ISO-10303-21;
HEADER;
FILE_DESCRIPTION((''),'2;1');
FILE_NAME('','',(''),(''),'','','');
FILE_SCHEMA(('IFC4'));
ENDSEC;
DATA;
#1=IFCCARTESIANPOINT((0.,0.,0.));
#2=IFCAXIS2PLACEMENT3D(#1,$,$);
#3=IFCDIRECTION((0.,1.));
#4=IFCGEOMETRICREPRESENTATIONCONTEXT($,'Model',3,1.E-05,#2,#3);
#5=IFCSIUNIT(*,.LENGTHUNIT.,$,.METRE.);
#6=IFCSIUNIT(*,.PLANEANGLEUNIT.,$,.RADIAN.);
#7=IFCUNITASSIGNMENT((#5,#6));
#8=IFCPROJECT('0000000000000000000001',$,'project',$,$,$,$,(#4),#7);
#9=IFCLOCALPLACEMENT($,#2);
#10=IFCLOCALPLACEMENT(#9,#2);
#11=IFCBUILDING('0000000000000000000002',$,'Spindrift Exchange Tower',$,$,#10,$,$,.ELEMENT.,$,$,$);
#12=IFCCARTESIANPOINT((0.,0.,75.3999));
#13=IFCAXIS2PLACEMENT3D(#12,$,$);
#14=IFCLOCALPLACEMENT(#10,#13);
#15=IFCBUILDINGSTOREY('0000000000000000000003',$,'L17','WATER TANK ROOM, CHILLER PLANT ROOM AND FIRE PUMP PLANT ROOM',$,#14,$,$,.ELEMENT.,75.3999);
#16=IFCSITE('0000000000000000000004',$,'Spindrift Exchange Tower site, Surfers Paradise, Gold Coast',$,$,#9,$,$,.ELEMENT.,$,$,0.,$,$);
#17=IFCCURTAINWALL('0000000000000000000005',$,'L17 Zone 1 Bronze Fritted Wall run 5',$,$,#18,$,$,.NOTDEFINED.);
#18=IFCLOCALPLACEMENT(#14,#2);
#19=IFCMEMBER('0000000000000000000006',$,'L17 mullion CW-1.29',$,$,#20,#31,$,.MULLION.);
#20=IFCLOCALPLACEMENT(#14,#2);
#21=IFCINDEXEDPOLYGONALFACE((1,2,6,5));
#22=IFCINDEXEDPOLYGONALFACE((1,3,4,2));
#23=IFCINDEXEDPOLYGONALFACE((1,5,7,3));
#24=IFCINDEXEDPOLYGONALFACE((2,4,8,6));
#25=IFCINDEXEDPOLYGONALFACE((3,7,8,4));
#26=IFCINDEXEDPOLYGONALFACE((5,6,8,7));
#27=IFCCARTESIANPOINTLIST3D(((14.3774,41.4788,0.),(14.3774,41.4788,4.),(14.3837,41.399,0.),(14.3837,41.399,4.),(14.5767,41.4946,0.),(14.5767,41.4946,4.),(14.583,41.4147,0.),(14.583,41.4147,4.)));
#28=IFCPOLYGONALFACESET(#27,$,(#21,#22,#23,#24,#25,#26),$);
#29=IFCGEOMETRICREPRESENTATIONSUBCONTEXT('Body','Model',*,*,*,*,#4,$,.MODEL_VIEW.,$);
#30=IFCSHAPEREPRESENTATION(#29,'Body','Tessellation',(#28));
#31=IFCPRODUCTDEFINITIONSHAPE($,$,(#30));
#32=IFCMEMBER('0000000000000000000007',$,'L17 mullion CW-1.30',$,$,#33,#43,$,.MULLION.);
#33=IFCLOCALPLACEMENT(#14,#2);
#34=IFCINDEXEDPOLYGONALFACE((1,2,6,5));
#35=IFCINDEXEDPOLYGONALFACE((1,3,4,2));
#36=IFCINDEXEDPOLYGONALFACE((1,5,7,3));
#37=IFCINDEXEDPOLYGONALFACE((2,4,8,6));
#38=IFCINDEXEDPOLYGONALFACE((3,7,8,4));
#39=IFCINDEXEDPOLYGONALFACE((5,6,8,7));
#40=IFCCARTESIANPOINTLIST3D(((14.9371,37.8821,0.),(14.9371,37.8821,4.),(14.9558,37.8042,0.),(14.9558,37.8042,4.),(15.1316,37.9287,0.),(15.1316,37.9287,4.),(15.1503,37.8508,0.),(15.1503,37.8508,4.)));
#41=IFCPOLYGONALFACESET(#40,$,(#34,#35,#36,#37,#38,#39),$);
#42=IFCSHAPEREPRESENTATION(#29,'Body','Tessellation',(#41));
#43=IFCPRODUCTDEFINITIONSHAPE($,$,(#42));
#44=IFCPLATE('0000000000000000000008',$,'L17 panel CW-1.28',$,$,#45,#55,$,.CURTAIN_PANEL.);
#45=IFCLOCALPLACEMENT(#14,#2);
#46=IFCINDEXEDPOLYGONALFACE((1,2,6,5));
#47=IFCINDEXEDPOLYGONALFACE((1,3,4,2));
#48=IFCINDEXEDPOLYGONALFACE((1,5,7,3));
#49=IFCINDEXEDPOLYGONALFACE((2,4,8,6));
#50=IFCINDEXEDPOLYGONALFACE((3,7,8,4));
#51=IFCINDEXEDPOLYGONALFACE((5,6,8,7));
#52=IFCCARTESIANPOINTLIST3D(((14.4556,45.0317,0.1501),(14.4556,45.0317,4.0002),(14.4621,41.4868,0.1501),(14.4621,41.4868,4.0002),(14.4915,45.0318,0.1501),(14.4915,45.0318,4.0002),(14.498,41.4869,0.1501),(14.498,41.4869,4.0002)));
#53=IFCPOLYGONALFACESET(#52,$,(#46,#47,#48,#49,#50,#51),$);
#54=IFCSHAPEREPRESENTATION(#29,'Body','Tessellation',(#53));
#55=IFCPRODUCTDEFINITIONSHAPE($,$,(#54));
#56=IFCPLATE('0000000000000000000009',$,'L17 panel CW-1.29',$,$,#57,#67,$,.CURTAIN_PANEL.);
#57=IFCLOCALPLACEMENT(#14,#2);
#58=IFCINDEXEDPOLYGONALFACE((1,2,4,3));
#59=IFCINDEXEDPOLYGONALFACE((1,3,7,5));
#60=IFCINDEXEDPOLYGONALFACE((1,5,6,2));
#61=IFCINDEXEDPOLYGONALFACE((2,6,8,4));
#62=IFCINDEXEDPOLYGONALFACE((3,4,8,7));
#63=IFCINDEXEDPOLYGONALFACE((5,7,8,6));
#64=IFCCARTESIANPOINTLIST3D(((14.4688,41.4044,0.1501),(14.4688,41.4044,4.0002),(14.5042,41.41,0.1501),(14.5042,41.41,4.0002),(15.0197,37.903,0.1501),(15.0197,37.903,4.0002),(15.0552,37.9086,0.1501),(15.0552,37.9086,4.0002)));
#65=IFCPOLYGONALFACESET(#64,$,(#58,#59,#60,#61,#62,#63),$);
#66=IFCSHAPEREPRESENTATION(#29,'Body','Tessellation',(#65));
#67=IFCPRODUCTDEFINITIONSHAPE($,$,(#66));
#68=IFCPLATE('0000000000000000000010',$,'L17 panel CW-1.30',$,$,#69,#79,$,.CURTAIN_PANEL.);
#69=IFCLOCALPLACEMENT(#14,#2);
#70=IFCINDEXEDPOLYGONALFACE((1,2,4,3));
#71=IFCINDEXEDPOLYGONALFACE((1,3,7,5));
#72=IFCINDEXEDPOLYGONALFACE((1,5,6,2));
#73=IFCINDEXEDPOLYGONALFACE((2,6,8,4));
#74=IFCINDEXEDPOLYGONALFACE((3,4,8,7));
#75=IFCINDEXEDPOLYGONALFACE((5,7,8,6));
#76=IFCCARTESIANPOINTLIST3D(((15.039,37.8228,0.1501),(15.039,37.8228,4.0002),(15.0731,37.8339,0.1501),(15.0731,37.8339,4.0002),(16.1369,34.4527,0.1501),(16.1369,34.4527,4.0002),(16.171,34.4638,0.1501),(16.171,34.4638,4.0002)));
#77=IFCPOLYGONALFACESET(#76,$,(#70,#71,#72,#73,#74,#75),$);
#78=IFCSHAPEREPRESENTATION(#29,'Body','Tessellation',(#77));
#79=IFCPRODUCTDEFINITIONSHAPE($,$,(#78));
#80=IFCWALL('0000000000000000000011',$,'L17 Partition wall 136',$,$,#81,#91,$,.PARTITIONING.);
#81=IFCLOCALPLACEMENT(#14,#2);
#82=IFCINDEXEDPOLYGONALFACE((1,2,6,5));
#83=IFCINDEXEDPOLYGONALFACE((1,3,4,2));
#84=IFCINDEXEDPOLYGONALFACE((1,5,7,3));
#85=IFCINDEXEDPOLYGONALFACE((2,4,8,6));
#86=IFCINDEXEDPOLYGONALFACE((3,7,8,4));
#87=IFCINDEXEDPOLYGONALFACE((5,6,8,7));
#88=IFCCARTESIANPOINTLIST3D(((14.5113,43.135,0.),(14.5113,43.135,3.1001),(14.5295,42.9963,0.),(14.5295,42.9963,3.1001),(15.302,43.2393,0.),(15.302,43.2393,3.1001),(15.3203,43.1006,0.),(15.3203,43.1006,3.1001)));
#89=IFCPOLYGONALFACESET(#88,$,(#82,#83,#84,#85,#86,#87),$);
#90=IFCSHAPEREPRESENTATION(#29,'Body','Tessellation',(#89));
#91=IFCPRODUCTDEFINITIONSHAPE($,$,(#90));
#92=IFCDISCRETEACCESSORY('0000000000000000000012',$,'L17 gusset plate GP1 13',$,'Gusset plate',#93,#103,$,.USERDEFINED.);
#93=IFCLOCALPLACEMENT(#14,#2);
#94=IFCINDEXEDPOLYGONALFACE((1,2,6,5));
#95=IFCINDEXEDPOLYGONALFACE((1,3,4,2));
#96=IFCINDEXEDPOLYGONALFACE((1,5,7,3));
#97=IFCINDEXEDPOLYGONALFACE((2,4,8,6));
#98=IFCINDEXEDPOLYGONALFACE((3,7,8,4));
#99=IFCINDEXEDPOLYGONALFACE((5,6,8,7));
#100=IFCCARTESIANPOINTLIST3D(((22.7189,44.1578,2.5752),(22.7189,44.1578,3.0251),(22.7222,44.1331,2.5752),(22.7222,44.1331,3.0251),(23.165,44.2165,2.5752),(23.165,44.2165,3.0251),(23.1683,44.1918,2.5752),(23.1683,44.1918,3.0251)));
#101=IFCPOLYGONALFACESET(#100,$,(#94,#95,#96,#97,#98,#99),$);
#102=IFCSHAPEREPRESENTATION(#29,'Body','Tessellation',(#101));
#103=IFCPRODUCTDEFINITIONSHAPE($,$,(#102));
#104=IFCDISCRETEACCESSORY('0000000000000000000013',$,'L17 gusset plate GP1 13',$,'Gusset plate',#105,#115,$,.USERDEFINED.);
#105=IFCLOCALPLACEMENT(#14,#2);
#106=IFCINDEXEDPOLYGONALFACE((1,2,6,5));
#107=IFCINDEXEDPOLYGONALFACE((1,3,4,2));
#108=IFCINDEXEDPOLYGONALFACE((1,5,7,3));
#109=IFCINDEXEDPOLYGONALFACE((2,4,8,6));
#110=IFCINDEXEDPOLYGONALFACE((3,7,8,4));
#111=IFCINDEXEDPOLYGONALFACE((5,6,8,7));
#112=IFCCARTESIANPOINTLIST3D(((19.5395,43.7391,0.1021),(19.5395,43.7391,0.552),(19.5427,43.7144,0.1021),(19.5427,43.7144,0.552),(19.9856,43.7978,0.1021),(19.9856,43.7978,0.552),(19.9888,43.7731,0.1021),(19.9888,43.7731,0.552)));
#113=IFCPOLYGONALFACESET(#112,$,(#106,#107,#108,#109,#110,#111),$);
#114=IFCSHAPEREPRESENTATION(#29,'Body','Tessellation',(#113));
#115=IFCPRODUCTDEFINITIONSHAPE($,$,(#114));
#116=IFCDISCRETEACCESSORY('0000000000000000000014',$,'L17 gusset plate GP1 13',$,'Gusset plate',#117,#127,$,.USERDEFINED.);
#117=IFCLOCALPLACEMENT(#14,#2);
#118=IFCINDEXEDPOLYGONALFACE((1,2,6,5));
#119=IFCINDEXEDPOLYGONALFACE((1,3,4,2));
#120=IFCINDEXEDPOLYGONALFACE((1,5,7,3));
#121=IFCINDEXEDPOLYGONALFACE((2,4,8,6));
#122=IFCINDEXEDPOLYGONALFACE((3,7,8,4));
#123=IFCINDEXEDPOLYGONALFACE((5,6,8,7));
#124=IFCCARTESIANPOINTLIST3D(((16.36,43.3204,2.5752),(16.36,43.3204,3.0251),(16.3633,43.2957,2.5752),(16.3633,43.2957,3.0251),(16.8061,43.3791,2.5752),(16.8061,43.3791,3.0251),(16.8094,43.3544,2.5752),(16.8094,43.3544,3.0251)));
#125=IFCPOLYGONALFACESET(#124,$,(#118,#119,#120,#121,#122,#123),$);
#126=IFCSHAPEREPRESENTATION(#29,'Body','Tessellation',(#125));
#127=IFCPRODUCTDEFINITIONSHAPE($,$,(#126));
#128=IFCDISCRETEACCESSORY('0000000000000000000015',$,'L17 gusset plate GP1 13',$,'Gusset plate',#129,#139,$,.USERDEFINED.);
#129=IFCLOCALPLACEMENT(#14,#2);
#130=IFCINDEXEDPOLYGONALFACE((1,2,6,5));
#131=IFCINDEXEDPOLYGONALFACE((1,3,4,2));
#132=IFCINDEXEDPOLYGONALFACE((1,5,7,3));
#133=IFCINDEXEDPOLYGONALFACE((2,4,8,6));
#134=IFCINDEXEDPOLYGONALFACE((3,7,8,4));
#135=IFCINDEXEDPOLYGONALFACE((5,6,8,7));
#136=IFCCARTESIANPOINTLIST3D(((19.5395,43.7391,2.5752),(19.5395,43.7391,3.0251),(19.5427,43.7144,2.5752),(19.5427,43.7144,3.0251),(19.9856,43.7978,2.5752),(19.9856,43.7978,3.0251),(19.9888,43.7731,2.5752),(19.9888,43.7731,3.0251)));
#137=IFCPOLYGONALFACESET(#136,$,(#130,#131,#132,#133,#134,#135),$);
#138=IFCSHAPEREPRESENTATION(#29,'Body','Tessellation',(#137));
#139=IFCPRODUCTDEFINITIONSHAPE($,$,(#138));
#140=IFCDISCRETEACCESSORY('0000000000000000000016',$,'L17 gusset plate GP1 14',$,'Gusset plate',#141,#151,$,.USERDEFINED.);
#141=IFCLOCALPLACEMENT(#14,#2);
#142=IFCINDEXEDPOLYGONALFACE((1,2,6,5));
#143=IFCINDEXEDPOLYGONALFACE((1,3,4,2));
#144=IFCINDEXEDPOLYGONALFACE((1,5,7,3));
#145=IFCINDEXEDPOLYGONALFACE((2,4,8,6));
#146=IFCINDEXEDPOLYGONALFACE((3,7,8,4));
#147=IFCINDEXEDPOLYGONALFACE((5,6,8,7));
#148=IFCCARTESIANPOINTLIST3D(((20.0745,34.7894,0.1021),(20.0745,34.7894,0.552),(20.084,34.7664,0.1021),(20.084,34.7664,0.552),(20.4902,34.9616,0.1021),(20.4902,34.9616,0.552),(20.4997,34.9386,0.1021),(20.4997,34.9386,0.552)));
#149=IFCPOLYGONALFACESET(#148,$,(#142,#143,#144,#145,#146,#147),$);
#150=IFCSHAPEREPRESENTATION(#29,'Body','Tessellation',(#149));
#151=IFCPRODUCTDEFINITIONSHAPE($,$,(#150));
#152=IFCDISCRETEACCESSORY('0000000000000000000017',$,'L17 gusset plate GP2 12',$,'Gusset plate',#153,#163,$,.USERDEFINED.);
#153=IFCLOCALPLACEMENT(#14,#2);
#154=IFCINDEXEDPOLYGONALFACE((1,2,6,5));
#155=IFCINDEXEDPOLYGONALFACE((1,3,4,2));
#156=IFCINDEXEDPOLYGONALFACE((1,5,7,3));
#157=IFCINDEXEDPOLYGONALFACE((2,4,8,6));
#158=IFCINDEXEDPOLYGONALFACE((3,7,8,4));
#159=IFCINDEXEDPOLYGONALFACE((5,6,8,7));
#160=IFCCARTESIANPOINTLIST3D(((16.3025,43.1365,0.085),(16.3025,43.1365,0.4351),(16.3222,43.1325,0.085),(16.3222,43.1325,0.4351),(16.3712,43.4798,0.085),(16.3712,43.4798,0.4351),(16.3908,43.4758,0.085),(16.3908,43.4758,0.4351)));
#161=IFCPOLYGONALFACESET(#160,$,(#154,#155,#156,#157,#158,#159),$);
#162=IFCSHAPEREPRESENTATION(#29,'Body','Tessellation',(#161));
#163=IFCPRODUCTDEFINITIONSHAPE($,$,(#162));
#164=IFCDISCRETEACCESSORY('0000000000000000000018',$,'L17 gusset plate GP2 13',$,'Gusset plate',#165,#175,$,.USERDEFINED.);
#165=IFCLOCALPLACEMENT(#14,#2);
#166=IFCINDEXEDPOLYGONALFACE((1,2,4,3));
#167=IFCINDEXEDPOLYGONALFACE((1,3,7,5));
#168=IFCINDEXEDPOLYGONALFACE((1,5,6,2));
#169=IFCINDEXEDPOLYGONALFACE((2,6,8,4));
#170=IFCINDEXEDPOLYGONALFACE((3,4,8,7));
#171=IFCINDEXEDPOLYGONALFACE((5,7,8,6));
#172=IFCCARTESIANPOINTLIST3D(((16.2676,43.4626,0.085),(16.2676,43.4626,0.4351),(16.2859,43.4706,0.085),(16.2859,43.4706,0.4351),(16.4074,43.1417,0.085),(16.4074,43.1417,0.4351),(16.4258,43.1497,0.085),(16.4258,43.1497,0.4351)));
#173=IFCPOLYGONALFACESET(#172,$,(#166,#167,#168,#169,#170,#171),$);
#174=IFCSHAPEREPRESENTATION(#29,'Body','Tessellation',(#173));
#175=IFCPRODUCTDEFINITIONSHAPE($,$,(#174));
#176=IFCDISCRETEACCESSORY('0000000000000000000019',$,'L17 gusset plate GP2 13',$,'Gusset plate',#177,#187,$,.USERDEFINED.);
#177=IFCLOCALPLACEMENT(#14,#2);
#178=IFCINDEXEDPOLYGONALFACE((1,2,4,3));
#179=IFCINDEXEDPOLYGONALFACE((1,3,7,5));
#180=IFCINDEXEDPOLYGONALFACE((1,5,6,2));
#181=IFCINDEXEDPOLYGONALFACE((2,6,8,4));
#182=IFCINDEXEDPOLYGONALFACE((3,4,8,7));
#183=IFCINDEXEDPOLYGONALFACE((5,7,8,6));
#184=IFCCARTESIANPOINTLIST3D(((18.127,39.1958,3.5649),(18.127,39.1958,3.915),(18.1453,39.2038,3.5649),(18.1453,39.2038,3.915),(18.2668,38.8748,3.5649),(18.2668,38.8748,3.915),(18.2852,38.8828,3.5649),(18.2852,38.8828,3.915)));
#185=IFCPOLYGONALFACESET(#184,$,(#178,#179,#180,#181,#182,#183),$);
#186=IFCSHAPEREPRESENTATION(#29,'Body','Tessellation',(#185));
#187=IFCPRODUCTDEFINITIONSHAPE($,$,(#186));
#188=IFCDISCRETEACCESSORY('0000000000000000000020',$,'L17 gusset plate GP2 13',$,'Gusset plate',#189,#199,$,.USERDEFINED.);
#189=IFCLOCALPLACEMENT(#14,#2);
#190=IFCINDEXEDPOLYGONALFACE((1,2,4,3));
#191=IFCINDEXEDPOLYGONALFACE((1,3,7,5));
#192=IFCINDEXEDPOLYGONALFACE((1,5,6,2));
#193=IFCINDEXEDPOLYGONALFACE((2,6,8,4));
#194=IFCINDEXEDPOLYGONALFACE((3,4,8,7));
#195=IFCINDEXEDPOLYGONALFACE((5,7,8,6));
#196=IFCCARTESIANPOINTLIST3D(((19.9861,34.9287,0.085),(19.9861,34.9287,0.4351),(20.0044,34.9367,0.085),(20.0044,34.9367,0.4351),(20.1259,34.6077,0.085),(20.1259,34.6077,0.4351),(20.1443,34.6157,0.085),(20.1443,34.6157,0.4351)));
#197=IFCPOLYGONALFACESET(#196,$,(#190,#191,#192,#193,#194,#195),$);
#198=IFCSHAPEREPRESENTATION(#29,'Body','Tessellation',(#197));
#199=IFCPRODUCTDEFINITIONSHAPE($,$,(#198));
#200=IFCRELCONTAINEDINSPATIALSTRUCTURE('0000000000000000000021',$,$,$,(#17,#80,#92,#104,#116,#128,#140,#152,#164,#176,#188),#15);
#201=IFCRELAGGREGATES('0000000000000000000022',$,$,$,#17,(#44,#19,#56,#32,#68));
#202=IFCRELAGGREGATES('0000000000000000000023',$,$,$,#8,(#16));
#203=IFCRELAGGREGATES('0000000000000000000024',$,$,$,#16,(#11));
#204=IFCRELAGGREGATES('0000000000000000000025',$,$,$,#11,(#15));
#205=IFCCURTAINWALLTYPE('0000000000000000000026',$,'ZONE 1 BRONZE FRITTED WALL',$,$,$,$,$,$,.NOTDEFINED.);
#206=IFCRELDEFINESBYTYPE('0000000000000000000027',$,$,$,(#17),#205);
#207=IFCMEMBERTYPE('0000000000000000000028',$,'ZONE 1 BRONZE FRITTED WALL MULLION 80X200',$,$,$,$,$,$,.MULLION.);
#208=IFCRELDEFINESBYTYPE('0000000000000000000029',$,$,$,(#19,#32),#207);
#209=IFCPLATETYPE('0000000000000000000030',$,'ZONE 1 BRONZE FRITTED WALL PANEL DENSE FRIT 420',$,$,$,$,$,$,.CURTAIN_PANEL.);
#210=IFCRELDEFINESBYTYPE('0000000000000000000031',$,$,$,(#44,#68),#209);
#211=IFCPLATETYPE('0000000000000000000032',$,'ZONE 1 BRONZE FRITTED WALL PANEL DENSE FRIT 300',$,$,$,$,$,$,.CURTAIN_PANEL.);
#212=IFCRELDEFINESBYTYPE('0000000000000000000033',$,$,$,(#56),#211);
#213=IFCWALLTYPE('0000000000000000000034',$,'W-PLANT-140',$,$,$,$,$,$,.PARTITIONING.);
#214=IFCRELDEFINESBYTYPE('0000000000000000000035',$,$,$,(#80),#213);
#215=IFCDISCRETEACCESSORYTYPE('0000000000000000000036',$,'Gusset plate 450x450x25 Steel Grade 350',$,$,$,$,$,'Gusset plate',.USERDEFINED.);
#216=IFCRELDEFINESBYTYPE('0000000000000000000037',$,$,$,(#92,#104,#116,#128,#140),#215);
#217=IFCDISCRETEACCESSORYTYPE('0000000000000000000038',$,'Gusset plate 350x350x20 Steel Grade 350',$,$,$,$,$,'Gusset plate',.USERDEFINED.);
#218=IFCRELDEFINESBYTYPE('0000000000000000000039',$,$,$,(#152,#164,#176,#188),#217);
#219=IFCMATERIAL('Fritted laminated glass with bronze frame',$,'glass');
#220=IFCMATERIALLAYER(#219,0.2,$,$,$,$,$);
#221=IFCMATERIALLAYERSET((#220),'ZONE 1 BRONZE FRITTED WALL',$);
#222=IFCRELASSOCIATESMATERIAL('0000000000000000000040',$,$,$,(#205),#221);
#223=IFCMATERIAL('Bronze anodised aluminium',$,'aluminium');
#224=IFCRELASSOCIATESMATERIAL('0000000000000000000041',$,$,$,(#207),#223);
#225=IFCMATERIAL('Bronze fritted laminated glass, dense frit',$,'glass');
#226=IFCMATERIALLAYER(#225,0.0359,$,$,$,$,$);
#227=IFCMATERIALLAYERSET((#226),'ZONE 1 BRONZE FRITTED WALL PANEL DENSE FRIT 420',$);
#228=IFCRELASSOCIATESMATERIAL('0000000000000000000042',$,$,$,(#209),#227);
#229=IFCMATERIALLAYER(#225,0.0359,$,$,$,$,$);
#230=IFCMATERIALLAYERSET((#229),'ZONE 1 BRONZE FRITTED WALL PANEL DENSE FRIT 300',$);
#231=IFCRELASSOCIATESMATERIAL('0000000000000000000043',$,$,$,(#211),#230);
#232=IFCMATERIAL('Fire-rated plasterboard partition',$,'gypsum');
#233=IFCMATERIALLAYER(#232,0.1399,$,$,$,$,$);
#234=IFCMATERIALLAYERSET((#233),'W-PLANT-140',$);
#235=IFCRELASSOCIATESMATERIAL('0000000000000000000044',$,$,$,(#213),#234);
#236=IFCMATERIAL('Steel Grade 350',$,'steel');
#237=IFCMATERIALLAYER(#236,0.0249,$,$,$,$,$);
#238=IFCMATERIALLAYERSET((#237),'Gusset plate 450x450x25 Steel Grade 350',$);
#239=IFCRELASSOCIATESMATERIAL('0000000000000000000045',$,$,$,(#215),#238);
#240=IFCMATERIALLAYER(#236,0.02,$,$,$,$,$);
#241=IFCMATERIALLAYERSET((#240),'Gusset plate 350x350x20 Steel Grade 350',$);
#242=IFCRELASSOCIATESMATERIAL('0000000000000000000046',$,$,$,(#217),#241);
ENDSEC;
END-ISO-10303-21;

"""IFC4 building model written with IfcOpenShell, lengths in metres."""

from ifc_helpers import new_model, si_unit, direction, frame, frame_2d, origin, origin_2d, place, context, subcontext, project, spatial, rectangle, extrude, source, transform, mapped, material, layer, layer_set, material_profile, profile_set, type_object, element, aggregate, save


model = new_model("IFC4")

# Units and contexts
model_context = context("Model", 3, precision=1e-05, world=origin(), true_north=direction((0.0, 1.0)))
body_context = subcontext(model_context, "Body", "Model", "MODEL_VIEW")
ifc_project = project(units=[si_unit("LENGTHUNIT", "METRE"), si_unit("PLANEANGLEUNIT", "RADIAN")], contexts=[model_context])

# Site, building, storey
site_placement = place(None, origin())
site = spatial("IfcSite", under=ifc_project, at=site_placement, Name="Spindrift Exchange Tower site, Surfers Paradise, Gold Coast", CompositionType="ELEMENT", RefElevation=0.0)
building_placement = place(site_placement, origin())
building = spatial("IfcBuilding", under=site, at=building_placement, Name="Spindrift Exchange Tower", CompositionType="ELEMENT")
storey_placement = place(building_placement, frame((0.0, 0.0, 75.3999)))
storey = spatial("IfcBuildingStorey", under=building, at=storey_placement, Name="L17", Description="WATER TANK ROOM, CHILLER PLANT ROOM AND FIRE PUMP PLANT ROOM", CompositionType="ELEMENT", Elevation=75.3999)

# Shared definitions
ifc_material_1 = material(Name="Steel Grade 350", Category="steel")

# Curtain wall, members, plates
ifc_material_2 = material(Name="Fritted laminated glass with bronze frame", Category="glass")
ifc_layer_1 = layer(ifc_material_2, 0.2)
ifc_layer_set_1 = layer_set([ifc_layer_1], Name="ZONE 1 BRONZE FRITTED WALL")
curtain_wall_type = type_object("IfcCurtainWallType", Name="ZONE 1 BRONZE FRITTED WALL", PredefinedType="NOTDEFINED", material=ifc_layer_set_1)
curtain_wall_placement = place(storey_placement, origin())
curtain_wall = element("IfcCurtainWall", 1, at=curtain_wall_placement, inside=storey, type_object=curtain_wall_type, Name="L17 Zone 1 Bronze Fritted Wall run 5", PredefinedType="NOTDEFINED")
ifc_material_3 = material(Name="Bronze anodised aluminium", Category="aluminium")
ifc_material_profile_1 = material_profile(ifc_material_3, rectangle(XDim=0.0801, YDim=0.2, at=origin_2d()), Name="ZONE 1 BRONZE FRITTED WALL MULLION 80X200")
ifc_profile_set_1 = profile_set([ifc_material_profile_1], Name="Bronze anodised aluminium")
member_type_1 = type_object("IfcMemberType", Name="ZONE 1 BRONZE FRITTED WALL MULLION 80X200", PredefinedType="MULLION", material=ifc_profile_set_1)
shared_shape_1 = source(origin(), body_context, "Body", "SweptSolid", [
    extrude(rectangle(XDim=0.0801, YDim=0.2, at=origin_2d()), origin(), (0.0, 0.0, 1.0), 4.0),
])
member_1_placement = place(storey_placement, frame((14.4802, 41.4468, 0.0), z_axis=(0.0, 0.0, 1.0), x_axis=(0.078881, -0.996884, 0.0)))
member_1 = element("IfcMember", 2, at=member_1_placement, type_object=member_type_1, Name="L17 mullion CW-1.29", PredefinedType="MULLION", context=body_context, shape_type="MappedRepresentation", body=[
    mapped(shared_shape_1, transform((0.0, 0.0, 0.0), scale=1.0)),
])
member_2_placement = place(storey_placement, frame((15.0437, 37.8665, 0.0), z_axis=(0.0, 0.0, 1.0), x_axis=(0.23334, -0.972395, 0.0)))
member_2 = element("IfcMember", 3, at=member_2_placement, type_object=member_type_1, Name="L17 mullion CW-1.30", PredefinedType="MULLION", context=body_context, shape_type="MappedRepresentation", body=[
    mapped(shared_shape_1, transform((0.0, 0.0, 0.0), scale=1.0)),
])
ifc_material_4 = material(Name="Bronze fritted laminated glass, dense frit", Category="glass")
ifc_layer_2 = layer(ifc_material_4, 0.0359)
ifc_layer_set_2 = layer_set([ifc_layer_2], Name="ZONE 1 BRONZE FRITTED WALL PANEL DENSE FRIT 420")
plate_type_1 = type_object("IfcPlateType", Name="ZONE 1 BRONZE FRITTED WALL PANEL DENSE FRIT 420", PredefinedType="CURTAIN_PANEL", material=ifc_layer_set_2)
shared_shape_2 = source(origin(), body_context, "Body", "SweptSolid", [
    extrude(rectangle(XDim=3.5449, YDim=0.0359, at=origin_2d()), origin(), (0.0, 0.0, 1.0), 3.8501),
])
plate_1_placement = place(storey_placement, frame((14.4768, 43.2593, 0.1501), z_axis=(0.0, 0.0, 1.0), x_axis=(0.001848, -0.999998, 0.0)))
plate_1 = element("IfcPlate", 4, at=plate_1_placement, type_object=plate_type_1, Name="L17 panel CW-1.28", PredefinedType="CURTAIN_PANEL", context=body_context, shape_type="MappedRepresentation", body=[
    mapped(shared_shape_2, transform((0.0, 0.0, 0.0), scale=1.0)),
])
ifc_layer_3 = layer(ifc_material_4, 0.0359)
ifc_layer_set_3 = layer_set([ifc_layer_3], Name="ZONE 1 BRONZE FRITTED WALL PANEL DENSE FRIT 300")
plate_type_2 = type_object("IfcPlateType", Name="ZONE 1 BRONZE FRITTED WALL PANEL DENSE FRIT 300", PredefinedType="CURTAIN_PANEL", material=ifc_layer_set_3)
shared_shape_3 = source(origin(), body_context, "Body", "SweptSolid", [
    extrude(rectangle(XDim=3.5444, YDim=0.0359, at=origin_2d()), origin(), (0.0, 0.0, 1.0), 3.8501),
])
plate_2_placement = place(storey_placement, frame((14.762, 39.6565, 0.1501), z_axis=(0.0, 0.0, 1.0), x_axis=(0.155443, -0.987845, 0.0)))
plate_2 = element("IfcPlate", 5, at=plate_2_placement, type_object=plate_type_2, Name="L17 panel CW-1.29", PredefinedType="CURTAIN_PANEL", context=body_context, shape_type="MappedRepresentation", body=[
    mapped(shared_shape_3, transform((0.0, 0.0, 0.0), scale=1.0)),
])
shared_shape_4 = source(origin(), body_context, "Body", "SweptSolid", [
    extrude(rectangle(XDim=3.5444, YDim=0.0359, at=origin_2d()), origin(), (0.0, 0.0, 1.0), 3.8501),
])
plate_3_placement = place(storey_placement, frame((15.605, 36.1433, 0.1501), z_axis=(0.0, 0.0, 1.0), x_axis=(0.309764, -0.950814, 0.0)))
plate_3 = element("IfcPlate", 6, at=plate_3_placement, type_object=plate_type_1, Name="L17 panel CW-1.30", PredefinedType="CURTAIN_PANEL", context=body_context, shape_type="MappedRepresentation", body=[
    mapped(shared_shape_4, transform((0.0, 0.0, 0.0), scale=1.0)),
])
aggregate(curtain_wall, [plate_1, member_1, plate_2, member_2, plate_3])

# Wall
ifc_material_5 = material(Name="Fire-rated plasterboard partition", Category="gypsum")
ifc_layer_4 = layer(ifc_material_5, 0.1399)
ifc_layer_set_4 = layer_set([ifc_layer_4], Name="W-PLANT-140")
wall_type = type_object("IfcWallType", Name="W-PLANT-140", PredefinedType="PARTITIONING", material=ifc_layer_set_4)
wall_placement = place(storey_placement, frame((15.3113, 43.1699, 0.0), z_axis=(0.0, 0.0, 1.0), x_axis=(-0.991422, -0.1307, 0.0)))
element("IfcWall", 7, at=wall_placement, inside=storey, type_object=wall_type, Name="L17 Partition wall 136", PredefinedType="PARTITIONING", context=body_context, shape_type="SweptSolid", body=[
    extrude(rectangle(XDim=0.7976, YDim=0.1399, at=frame_2d((0.3989, 0.0))), origin(), (0.0, 0.0, 1.0), 3.1001),
])

# Discrete accessories
ifc_layer_5 = layer(ifc_material_1, 0.0249)
ifc_layer_set_5 = layer_set([ifc_layer_5], Name="Gusset plate 450x450x25 Steel Grade 350")
discrete_accessory_type_1 = type_object("IfcDiscreteAccessoryType", Name="Gusset plate 450x450x25 Steel Grade 350", ElementType="Gusset plate", PredefinedType="USERDEFINED", material=ifc_layer_set_5)
shared_shape_5 = source(origin(), body_context, "Body", "SweptSolid", [
    extrude(rectangle(XDim=0.45, YDim=0.0249, at=origin_2d()), origin(), (0.0, 0.0, 1.0), 0.45),
])
for number, where, z_axis, x_axis, name in (
    (8, (22.9436, 44.1748, 2.5752), (0.0, 0.0, 1.0), (-0.991446, -0.130516, 0.0), "L17 gusset plate GP1 13"),
    (9, (19.7642, 43.7561, 0.1021), (0.0, 0.0, 1.0), (-0.991444, -0.13053, 0.0), "L17 gusset plate GP1 13"),
    (10, (16.5847, 43.3374, 2.5752), (0.0, 0.0, 1.0), (-0.991445, -0.130526, 0.0), "L17 gusset plate GP1 13"),
    (11, (19.7642, 43.7561, 2.5752), (0.0, 0.0, 1.0), (-0.991445, -0.130526, 0.0), "L17 gusset plate GP1 13"),
    (12, (20.2871, 34.864, 0.1021), (0.0, 0.0, 1.0), (-0.92387, -0.382708, 0.0), "L17 gusset plate GP1 14"),
):
    element("IfcDiscreteAccessory", number, at=place(storey_placement, frame(where, z_axis=z_axis, x_axis=x_axis)), inside=storey, type_object=discrete_accessory_type_1, Name=name, ObjectType="Gusset plate", PredefinedType="USERDEFINED", context=body_context, shape_type="MappedRepresentation", body=[
        mapped(shared_shape_5, transform((0.0, 0.0, 0.0), scale=1.0)),
    ])
ifc_layer_6 = layer(ifc_material_1, 0.02)
ifc_layer_set_6 = layer_set([ifc_layer_6], Name="Gusset plate 350x350x20 Steel Grade 350")
discrete_accessory_type_2 = type_object("IfcDiscreteAccessoryType", Name="Gusset plate 350x350x20 Steel Grade 350", ElementType="Gusset plate", PredefinedType="USERDEFINED", material=ifc_layer_set_6)
shared_shape_6 = source(origin(), body_context, "Body", "SweptSolid", [
    extrude(rectangle(XDim=0.3501, YDim=0.02, at=origin_2d()), origin(), (0.0, 0.0, 1.0), 0.3501),
])
for number, where, z_axis, x_axis, name in (
    (13, (16.3467, 43.3062, 0.085), (0.0, 0.0, 1.0), (-0.1961, -0.980584, 0.0), "L17 gusset plate GP2 12"),
    (14, (16.3467, 43.3062, 0.085), (0.0, 0.0, 1.0), (0.399464, -0.916749, 0.0), "L17 gusset plate GP2 13"),
    (15, (18.2061, 39.0393, 3.5649), (0.0, 0.0, 1.0), (0.399464, -0.916749, 0.0), "L17 gusset plate GP2 13"),
    (16, (20.0652, 34.7722, 0.085), (0.0, 0.0, 1.0), (0.399445, -0.916757, 0.0), "L17 gusset plate GP2 13"),
):
    element("IfcDiscreteAccessory", number, at=place(storey_placement, frame(where, z_axis=z_axis, x_axis=x_axis)), inside=storey, type_object=discrete_accessory_type_2, Name=name, ObjectType="Gusset plate", PredefinedType="USERDEFINED", context=body_context, shape_type="MappedRepresentation", body=[
        mapped(shared_shape_6, transform((0.0, 0.0, 0.0), scale=1.0)),
    ])

save(model, "model.ifc")
